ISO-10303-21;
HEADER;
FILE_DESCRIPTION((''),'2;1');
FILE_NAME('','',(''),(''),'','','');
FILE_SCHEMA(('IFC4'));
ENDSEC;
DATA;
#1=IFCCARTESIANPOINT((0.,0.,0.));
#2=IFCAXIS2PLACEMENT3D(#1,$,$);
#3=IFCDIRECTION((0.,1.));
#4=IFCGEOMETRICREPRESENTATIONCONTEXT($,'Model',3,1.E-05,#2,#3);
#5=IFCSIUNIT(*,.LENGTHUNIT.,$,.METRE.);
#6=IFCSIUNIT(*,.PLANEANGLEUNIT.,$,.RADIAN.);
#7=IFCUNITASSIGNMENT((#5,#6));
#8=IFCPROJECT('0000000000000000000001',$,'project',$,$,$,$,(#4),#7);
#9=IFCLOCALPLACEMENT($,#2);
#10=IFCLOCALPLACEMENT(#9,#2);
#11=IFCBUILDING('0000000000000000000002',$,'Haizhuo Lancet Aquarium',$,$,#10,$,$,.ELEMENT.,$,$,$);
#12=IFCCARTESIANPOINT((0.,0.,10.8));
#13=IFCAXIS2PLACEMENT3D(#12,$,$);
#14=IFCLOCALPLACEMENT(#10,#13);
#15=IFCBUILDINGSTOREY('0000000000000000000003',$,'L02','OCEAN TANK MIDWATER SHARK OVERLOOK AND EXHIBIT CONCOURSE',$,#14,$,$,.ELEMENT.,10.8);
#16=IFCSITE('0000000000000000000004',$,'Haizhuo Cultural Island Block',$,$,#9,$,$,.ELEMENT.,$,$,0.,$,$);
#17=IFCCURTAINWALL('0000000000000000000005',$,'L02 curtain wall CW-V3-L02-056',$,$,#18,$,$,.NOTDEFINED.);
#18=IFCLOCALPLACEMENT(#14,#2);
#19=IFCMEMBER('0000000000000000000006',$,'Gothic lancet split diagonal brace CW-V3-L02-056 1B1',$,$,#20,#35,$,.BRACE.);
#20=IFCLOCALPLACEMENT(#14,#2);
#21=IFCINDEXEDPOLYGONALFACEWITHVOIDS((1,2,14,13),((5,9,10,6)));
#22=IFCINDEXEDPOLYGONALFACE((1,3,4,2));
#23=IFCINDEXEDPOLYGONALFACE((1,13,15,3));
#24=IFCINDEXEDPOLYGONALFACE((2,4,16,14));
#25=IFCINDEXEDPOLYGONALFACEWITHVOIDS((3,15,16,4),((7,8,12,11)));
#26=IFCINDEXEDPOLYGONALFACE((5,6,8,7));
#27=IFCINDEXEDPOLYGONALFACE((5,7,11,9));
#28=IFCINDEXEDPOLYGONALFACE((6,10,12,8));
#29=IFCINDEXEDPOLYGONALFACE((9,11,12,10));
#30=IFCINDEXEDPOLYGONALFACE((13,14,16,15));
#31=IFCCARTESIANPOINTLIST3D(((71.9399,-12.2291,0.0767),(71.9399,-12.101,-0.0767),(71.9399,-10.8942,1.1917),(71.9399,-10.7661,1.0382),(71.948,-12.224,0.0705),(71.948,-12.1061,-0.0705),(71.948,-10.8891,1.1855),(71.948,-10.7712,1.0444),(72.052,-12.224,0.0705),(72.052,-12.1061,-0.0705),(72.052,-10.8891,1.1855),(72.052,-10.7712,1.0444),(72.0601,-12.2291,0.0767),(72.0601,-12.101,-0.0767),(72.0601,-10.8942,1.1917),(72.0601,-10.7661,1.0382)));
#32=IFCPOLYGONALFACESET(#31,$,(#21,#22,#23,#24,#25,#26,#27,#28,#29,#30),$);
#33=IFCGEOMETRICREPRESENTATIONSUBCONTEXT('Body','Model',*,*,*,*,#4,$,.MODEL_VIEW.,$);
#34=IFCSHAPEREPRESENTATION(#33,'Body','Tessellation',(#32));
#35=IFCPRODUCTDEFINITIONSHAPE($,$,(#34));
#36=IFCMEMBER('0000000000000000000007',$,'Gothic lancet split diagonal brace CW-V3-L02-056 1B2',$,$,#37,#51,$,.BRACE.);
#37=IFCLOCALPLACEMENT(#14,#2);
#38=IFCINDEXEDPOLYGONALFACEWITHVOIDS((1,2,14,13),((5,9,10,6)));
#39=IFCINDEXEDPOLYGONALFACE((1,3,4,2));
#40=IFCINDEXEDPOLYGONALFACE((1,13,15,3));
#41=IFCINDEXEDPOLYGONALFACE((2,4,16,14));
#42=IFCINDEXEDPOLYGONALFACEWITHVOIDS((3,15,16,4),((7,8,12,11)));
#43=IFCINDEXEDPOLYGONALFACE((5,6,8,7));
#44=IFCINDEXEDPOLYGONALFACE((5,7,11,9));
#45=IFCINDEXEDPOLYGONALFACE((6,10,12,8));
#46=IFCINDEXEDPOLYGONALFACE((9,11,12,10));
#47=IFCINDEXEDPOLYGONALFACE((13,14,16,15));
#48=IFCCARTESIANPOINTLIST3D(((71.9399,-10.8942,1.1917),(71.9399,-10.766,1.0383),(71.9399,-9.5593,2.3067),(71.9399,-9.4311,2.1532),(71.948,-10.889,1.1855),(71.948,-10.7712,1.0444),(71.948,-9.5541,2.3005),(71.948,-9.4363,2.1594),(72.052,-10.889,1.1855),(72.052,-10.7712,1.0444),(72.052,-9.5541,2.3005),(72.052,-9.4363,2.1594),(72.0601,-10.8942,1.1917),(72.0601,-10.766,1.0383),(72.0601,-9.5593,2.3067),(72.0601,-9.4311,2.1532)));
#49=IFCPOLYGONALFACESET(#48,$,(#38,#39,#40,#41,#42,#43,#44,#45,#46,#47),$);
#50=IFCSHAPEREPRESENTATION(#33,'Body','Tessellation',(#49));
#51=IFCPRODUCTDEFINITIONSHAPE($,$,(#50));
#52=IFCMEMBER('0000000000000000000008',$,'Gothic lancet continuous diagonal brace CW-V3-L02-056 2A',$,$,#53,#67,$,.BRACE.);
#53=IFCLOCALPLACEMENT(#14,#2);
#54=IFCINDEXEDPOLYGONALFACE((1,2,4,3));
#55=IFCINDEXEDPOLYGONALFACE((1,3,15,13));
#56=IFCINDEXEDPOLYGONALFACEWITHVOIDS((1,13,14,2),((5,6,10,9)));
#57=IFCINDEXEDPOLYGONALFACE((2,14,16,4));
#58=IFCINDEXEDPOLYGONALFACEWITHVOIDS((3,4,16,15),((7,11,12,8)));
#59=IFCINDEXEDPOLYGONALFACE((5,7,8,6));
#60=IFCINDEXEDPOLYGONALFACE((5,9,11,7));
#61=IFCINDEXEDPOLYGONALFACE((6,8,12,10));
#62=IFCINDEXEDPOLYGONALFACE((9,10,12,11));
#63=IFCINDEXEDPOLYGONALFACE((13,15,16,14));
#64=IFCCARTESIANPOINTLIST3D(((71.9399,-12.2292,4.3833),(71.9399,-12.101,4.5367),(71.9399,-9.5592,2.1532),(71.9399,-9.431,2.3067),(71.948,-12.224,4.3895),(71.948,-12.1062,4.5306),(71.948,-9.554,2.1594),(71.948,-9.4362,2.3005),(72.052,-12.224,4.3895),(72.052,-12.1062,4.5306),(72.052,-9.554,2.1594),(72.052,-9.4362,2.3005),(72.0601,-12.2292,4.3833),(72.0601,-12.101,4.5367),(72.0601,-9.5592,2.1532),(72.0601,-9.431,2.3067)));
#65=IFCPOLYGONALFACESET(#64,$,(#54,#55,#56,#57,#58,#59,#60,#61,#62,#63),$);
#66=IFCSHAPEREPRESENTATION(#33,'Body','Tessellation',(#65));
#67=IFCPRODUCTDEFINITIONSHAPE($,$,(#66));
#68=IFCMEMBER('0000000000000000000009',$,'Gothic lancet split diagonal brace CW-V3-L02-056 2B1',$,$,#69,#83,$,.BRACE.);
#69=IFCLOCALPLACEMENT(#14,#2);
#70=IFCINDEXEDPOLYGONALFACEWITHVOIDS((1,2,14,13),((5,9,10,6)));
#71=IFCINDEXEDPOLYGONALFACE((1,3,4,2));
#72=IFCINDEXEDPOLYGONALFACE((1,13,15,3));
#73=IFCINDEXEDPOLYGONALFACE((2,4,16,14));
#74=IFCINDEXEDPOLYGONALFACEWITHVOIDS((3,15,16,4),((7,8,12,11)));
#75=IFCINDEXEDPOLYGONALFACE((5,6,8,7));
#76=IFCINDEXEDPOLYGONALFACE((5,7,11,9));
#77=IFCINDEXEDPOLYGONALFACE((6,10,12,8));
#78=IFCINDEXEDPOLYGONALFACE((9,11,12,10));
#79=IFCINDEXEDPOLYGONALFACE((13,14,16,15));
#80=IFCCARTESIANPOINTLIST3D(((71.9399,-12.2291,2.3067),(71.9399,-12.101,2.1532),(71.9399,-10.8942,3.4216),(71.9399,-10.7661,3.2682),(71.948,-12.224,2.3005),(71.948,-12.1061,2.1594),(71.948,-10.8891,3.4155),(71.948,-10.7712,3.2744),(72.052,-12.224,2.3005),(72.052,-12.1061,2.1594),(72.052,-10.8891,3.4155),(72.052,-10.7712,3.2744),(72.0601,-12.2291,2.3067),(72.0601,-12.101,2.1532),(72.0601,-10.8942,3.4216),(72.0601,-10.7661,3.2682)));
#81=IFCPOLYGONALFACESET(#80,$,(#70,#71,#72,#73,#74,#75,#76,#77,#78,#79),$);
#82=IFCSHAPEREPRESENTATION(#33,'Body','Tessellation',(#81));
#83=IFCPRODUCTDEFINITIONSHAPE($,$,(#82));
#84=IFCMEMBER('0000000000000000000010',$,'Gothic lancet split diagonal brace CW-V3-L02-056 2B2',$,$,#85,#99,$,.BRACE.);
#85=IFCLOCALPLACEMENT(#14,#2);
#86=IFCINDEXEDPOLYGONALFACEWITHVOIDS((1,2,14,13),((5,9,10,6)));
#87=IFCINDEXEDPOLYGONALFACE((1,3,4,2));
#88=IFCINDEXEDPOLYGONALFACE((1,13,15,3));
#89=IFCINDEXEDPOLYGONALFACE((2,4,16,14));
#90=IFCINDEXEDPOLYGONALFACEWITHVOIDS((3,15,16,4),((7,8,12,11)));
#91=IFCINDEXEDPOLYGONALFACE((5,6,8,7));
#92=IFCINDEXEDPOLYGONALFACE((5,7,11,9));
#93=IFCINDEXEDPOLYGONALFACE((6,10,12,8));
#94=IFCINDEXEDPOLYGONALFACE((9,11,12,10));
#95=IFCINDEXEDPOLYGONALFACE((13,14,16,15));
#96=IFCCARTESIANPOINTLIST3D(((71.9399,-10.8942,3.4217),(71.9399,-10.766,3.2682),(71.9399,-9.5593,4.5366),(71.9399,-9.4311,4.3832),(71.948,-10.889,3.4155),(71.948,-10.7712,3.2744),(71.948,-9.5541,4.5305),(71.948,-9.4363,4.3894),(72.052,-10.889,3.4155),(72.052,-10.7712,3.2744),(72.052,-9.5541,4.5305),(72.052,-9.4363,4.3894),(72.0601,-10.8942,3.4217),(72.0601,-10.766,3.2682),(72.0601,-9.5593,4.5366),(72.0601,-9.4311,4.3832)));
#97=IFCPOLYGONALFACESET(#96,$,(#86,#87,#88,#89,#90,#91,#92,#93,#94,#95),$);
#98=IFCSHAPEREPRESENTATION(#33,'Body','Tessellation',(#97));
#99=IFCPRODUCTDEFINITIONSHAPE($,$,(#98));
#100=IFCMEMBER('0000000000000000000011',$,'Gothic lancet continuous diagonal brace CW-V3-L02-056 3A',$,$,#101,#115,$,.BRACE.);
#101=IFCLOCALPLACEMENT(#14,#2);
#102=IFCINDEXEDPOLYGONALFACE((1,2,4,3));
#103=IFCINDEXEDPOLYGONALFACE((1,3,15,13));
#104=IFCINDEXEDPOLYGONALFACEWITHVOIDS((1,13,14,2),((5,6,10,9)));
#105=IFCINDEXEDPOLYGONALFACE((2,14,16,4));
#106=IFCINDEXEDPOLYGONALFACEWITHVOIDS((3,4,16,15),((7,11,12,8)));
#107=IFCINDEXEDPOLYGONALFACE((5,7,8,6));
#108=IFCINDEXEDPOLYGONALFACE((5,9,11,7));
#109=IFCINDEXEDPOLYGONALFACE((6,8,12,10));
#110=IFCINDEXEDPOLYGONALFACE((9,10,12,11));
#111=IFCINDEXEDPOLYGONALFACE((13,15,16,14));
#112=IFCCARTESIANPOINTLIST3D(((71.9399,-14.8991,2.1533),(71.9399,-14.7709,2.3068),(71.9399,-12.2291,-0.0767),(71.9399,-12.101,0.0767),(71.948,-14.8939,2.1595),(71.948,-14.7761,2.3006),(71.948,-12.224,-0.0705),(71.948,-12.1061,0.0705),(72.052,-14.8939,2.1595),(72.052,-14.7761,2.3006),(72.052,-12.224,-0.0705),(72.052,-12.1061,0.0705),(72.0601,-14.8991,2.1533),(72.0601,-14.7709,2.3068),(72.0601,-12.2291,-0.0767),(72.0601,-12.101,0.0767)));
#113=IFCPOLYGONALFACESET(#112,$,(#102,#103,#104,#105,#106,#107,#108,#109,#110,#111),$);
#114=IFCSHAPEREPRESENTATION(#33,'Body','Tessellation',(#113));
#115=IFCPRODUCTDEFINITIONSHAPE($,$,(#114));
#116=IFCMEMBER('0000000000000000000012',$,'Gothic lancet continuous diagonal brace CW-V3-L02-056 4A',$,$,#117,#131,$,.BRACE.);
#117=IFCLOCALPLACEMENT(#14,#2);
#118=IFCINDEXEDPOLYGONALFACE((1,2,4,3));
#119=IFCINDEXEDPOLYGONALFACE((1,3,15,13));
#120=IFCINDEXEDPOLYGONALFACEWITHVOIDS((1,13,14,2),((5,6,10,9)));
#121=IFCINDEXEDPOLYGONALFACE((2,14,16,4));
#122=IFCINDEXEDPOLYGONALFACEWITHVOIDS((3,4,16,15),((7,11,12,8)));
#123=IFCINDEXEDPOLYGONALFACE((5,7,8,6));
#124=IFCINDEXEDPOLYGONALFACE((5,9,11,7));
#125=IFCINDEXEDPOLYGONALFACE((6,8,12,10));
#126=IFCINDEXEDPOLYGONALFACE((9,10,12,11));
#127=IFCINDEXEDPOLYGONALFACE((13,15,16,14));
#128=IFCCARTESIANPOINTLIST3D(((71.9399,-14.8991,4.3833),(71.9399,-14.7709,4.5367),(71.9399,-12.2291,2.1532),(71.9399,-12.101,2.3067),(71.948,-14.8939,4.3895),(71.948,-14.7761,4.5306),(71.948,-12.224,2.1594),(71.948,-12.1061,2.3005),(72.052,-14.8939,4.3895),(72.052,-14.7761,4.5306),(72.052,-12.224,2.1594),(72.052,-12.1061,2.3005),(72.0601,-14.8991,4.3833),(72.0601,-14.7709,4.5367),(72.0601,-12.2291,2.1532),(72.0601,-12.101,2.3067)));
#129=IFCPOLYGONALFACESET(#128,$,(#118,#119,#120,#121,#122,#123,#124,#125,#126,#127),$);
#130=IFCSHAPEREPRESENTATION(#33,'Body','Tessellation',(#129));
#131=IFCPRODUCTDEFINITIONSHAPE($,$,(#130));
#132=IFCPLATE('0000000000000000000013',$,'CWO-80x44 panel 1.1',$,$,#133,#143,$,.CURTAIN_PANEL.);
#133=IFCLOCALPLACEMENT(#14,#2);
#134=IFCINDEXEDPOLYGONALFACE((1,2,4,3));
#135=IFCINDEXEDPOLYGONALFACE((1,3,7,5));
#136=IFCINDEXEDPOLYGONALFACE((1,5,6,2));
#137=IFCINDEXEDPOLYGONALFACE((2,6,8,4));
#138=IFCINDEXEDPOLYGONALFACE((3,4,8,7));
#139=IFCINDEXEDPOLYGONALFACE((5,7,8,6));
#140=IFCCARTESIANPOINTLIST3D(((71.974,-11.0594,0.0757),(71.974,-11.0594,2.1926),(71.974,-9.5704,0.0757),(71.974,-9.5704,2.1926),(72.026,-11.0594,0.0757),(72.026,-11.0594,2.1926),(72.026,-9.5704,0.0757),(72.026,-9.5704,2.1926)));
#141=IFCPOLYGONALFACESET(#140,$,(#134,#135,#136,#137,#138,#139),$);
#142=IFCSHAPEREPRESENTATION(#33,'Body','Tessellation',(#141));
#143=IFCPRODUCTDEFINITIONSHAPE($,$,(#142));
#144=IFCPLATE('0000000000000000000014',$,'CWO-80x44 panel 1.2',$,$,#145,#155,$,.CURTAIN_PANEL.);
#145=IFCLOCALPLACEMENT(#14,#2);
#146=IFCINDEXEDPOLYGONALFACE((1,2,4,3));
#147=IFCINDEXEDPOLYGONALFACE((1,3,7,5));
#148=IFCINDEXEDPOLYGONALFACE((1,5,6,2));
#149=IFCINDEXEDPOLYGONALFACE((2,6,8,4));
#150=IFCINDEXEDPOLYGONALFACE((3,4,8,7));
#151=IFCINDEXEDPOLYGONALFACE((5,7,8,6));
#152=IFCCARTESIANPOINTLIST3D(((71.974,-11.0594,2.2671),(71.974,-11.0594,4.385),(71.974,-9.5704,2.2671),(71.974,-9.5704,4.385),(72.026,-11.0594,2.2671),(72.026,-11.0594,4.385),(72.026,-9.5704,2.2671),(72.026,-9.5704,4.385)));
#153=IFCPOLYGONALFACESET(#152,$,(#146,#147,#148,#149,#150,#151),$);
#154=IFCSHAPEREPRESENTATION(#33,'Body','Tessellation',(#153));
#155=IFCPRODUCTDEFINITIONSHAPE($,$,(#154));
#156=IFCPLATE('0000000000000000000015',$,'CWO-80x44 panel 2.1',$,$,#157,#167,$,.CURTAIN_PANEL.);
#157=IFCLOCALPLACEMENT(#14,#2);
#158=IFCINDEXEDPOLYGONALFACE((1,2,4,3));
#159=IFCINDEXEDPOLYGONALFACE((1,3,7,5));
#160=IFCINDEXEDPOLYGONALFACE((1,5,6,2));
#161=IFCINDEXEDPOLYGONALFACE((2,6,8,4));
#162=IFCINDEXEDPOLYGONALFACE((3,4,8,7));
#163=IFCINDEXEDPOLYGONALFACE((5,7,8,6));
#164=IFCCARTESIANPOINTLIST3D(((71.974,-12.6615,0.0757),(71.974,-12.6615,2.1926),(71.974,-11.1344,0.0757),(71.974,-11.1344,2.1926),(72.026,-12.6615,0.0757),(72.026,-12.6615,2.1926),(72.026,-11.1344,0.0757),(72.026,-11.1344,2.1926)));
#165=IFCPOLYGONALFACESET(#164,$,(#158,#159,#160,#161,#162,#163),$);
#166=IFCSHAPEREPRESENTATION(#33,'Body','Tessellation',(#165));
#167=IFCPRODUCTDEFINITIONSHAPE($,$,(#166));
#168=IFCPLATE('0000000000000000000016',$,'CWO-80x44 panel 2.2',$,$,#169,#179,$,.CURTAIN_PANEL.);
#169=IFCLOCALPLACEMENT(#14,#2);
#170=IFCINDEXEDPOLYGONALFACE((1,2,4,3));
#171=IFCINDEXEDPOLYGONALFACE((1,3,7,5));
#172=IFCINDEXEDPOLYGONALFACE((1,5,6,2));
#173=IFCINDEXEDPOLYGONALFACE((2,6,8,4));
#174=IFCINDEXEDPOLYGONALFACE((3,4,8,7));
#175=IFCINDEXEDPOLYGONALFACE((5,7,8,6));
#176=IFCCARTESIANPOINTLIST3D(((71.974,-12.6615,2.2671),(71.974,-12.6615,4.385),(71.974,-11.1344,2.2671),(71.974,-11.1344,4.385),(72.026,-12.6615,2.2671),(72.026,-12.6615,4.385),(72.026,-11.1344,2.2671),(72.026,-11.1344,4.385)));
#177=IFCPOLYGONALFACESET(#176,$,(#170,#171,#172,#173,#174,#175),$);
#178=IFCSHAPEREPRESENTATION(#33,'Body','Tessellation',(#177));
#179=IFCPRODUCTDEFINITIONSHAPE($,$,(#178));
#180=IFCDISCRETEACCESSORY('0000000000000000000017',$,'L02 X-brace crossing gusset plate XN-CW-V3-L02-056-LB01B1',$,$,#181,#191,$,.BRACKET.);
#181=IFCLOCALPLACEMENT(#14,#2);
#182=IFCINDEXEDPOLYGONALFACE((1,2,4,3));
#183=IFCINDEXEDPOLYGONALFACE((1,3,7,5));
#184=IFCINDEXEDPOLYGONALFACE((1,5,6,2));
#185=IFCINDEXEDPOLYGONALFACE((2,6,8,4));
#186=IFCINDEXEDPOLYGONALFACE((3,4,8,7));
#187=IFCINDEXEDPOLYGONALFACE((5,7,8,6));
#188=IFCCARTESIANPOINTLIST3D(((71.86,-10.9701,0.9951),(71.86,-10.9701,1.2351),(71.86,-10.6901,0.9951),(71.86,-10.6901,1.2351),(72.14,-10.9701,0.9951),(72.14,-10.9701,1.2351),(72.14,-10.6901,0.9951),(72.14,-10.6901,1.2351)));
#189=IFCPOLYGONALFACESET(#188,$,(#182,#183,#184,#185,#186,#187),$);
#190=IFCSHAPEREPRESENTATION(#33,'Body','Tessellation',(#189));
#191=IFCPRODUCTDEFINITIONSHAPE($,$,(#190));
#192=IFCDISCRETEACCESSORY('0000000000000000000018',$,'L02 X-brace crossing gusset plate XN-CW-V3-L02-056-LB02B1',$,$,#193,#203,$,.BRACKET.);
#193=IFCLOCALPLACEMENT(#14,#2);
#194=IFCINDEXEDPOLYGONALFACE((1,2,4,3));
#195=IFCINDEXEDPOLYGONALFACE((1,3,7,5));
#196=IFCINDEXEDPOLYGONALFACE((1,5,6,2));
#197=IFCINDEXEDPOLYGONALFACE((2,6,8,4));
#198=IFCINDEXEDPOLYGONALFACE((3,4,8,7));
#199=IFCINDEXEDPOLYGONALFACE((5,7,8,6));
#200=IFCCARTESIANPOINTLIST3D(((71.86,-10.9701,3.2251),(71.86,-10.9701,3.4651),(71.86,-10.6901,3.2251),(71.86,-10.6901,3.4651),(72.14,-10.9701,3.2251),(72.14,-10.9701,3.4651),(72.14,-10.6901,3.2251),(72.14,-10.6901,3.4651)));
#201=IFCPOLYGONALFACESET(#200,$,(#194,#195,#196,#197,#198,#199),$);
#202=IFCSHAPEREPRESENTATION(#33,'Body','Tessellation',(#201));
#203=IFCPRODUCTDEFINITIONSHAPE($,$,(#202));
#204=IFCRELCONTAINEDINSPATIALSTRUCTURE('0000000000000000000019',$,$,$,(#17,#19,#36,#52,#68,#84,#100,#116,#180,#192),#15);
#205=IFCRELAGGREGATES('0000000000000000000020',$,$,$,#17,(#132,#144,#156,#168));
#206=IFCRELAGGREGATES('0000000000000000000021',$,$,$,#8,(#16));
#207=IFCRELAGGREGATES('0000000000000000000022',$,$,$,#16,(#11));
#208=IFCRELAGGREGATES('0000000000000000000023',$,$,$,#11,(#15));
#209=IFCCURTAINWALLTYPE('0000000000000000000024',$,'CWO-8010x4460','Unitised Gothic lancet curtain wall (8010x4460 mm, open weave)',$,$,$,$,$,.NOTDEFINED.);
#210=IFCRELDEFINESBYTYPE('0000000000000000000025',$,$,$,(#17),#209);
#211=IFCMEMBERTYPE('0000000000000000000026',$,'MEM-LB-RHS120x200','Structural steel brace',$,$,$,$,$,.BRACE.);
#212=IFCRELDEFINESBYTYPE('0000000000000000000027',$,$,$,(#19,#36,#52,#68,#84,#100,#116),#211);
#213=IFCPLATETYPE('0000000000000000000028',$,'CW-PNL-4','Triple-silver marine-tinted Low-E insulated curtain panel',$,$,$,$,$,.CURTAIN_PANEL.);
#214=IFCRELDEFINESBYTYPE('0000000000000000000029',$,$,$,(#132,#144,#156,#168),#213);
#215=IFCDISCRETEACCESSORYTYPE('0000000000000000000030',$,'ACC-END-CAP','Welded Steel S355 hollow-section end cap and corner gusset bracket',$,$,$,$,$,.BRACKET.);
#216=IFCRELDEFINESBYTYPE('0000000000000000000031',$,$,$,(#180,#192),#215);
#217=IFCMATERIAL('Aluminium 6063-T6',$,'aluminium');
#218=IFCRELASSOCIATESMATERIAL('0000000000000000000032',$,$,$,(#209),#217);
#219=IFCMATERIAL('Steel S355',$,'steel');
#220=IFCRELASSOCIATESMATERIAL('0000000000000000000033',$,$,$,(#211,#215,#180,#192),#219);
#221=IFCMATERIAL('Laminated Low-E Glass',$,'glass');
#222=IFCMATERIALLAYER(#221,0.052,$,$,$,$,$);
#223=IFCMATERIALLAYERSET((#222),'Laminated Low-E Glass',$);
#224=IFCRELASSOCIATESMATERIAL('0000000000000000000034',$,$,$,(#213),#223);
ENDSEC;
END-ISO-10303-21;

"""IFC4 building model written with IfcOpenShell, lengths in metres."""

from ifc_helpers import new_model, si_unit, direction, frame, origin, origin_2d, place, context, subcontext, project, spatial, rectangle, hollow_rectangle, extrude, material, layer, layer_set, material_profile, profile_set, type_object, element, aggregate, save


model = new_model("IFC4")

# Units and contexts
model_context = context("Model", 3, precision=1e-05, world=origin(), true_north=direction((0.0, 1.0)))
body_context = subcontext(model_context, "Body", "Model", "MODEL_VIEW")
ifc_project = project(units=[si_unit("LENGTHUNIT", "METRE"), si_unit("PLANEANGLEUNIT", "RADIAN")], contexts=[model_context])

# Site, building, storey
site_placement = place(None, origin())
site = spatial("IfcSite", under=ifc_project, at=site_placement, Name="Haizhuo Cultural Island Block", CompositionType="ELEMENT", RefElevation=0.0)
building_placement = place(site_placement, origin())
building = spatial("IfcBuilding", under=site, at=building_placement, Name="Haizhuo Lancet Aquarium", CompositionType="ELEMENT")
storey_placement = place(building_placement, frame((0.0, 0.0, 10.8)))
storey = spatial("IfcBuildingStorey", under=building, at=storey_placement, Name="L02", Description="OCEAN TANK MIDWATER SHARK OVERLOOK AND EXHIBIT CONCOURSE", CompositionType="ELEMENT", Elevation=10.8)

# Curtain wall
ifc_material_1 = material(Name="Aluminium 6063-T6", Category="aluminium")
curtain_wall_type = type_object("IfcCurtainWallType", Name="CWO-8010x4460", Description="Unitised Gothic lancet curtain wall (8010x4460 mm, open weave)", PredefinedType="NOTDEFINED", material=ifc_material_1)
curtain_wall_placement = place(storey_placement, origin())
curtain_wall = element("IfcCurtainWall", 1, at=curtain_wall_placement, inside=storey, type_object=curtain_wall_type, Name="L02 curtain wall CW-V3-L02-056", PredefinedType="NOTDEFINED")

# Members
ifc_material_2 = material(Name="Steel S355", Category="steel")
ifc_material_profile_1 = material_profile(ifc_material_2, hollow_rectangle(XDim=0.1201, YDim=0.2, WallThickness=0.0081, at=origin_2d()), Name="RHS 120x200x8")
ifc_profile_set_1 = profile_set([ifc_material_profile_1], Name="Steel S355")
member_type_1 = type_object("IfcMemberType", Name="MEM-LB-RHS120x200", Description="Structural steel brace", PredefinedType="BRACE", material=ifc_profile_set_1)
for number, where, z_axis, x_axis, name in (
    (2, (72.0, -12.165, 0.0), (0.0, 0.767507, 0.64104), (-1.0, 0.0, 0.0), "Gothic lancet split diagonal brace CW-V3-L02-056 1B1"),
    (3, (72.0, -10.8301, 1.115), (0.0, 0.767507, 0.64104), (-1.0, 0.0, 0.0), "Gothic lancet split diagonal brace CW-V3-L02-056 1B2"),
):
    element("IfcMember", number, at=place(storey_placement, frame(where, z_axis=z_axis, x_axis=x_axis)), inside=storey, type_object=member_type_1, Name=name, PredefinedType="BRACE", context=body_context, shape_type="SweptSolid", body=[
        extrude(hollow_rectangle(XDim=0.1201, YDim=0.2, WallThickness=0.0081, at=origin_2d()), origin(), (0.0, 0.0, 1.0), 1.7393),
    ])
member_1_placement = place(storey_placement, frame((72.0, -9.4951, 2.23), z_axis=(0.0, -0.767507, 0.64104), x_axis=(1.0, 0.0, 0.0)))
element("IfcMember", 4, at=member_1_placement, inside=storey, type_object=member_type_1, Name="Gothic lancet continuous diagonal brace CW-V3-L02-056 2A", PredefinedType="BRACE", context=body_context, shape_type="SweptSolid", body=[
    extrude(hollow_rectangle(XDim=0.1201, YDim=0.2, WallThickness=0.0081, at=origin_2d()), origin(), (0.0, 0.0, 1.0), 3.4788),
])
for number, where, z_axis, x_axis, name in (
    (5, (72.0, -12.165, 2.23), (0.0, 0.767507, 0.64104), (-1.0, 0.0, 0.0), "Gothic lancet split diagonal brace CW-V3-L02-056 2B1"),
    (6, (72.0, -10.8301, 3.345), (0.0, 0.767507, 0.64104), (-1.0, 0.0, 0.0), "Gothic lancet split diagonal brace CW-V3-L02-056 2B2"),
):
    element("IfcMember", number, at=place(storey_placement, frame(where, z_axis=z_axis, x_axis=x_axis)), inside=storey, type_object=member_type_1, Name=name, PredefinedType="BRACE", context=body_context, shape_type="SweptSolid", body=[
        extrude(hollow_rectangle(XDim=0.1201, YDim=0.2, WallThickness=0.0081, at=origin_2d()), origin(), (0.0, 0.0, 1.0), 1.7393),
    ])
for number, where, z_axis, x_axis, name in (
    (7, (72.0, -12.165, 0.0), (0.0, -0.767507, 0.64104), (1.0, 0.0, 0.0), "Gothic lancet continuous diagonal brace CW-V3-L02-056 3A"),
    (8, (72.0, -12.165, 2.23), (0.0, -0.767507, 0.64104), (1.0, 0.0, 0.0), "Gothic lancet continuous diagonal brace CW-V3-L02-056 4A"),
):
    element("IfcMember", number, at=place(storey_placement, frame(where, z_axis=z_axis, x_axis=x_axis)), inside=storey, type_object=member_type_1, Name=name, PredefinedType="BRACE", context=body_context, shape_type="SweptSolid", body=[
        extrude(hollow_rectangle(XDim=0.1201, YDim=0.2, WallThickness=0.0081, at=origin_2d()), origin(), (0.0, 0.0, 1.0), 3.4788),
    ])

# Plates
ifc_material_3 = material(Name="Laminated Low-E Glass", Category="glass")
ifc_layer = layer(ifc_material_3, 0.052)
ifc_layer_set = layer_set([ifc_layer], Name="Laminated Low-E Glass")
plate_type = type_object("IfcPlateType", Name="CW-PNL-4", Description="Triple-silver marine-tinted Low-E insulated curtain panel", PredefinedType="CURTAIN_PANEL", material=ifc_layer_set)
plate_1_placement = place(storey_placement, frame((72.0, -10.3149, 0.0757), z_axis=(0.0, 0.0, 1.0), x_axis=(0.0, -1.0, 0.0)))
plate_1 = element("IfcPlate", 9, at=plate_1_placement, type_object=plate_type, Name="CWO-80x44 panel 1.1", PredefinedType="CURTAIN_PANEL", context=body_context, shape_type="SweptSolid", body=[
    extrude(rectangle(XDim=1.489, YDim=0.052, at=origin_2d()), origin(), (0.0, 0.0, 1.0), 2.1169),
])
plate_2_placement = place(storey_placement, frame((72.0, -10.3149, 2.2671), z_axis=(0.0, 0.0, 1.0), x_axis=(0.0, -1.0, 0.0)))
plate_2 = element("IfcPlate", 10, at=plate_2_placement, type_object=plate_type, Name="CWO-80x44 panel 1.2", PredefinedType="CURTAIN_PANEL", context=body_context, shape_type="SweptSolid", body=[
    extrude(rectangle(XDim=1.489, YDim=0.052, at=origin_2d()), origin(), (0.0, 0.0, 1.0), 2.1179),
])
plate_3_placement = place(storey_placement, frame((72.0, -11.8979, 0.0757), z_axis=(0.0, 0.0, 1.0), x_axis=(0.0, -1.0, 0.0)))
plate_3 = element("IfcPlate", 11, at=plate_3_placement, type_object=plate_type, Name="CWO-80x44 panel 2.1", PredefinedType="CURTAIN_PANEL", context=body_context, shape_type="SweptSolid", body=[
    extrude(rectangle(XDim=1.5271, YDim=0.052, at=origin_2d()), origin(), (0.0, 0.0, 1.0), 2.1169),
])
plate_4_placement = place(storey_placement, frame((72.0, -11.8979, 2.2671), z_axis=(0.0, 0.0, 1.0), x_axis=(0.0, -1.0, 0.0)))
plate_4 = element("IfcPlate", 12, at=plate_4_placement, type_object=plate_type, Name="CWO-80x44 panel 2.2", PredefinedType="CURTAIN_PANEL", context=body_context, shape_type="SweptSolid", body=[
    extrude(rectangle(XDim=1.5271, YDim=0.052, at=origin_2d()), origin(), (0.0, 0.0, 1.0), 2.1179),
])
aggregate(curtain_wall, [plate_1, plate_2, plate_3, plate_4])

# Discrete accessories
discrete_accessory_type = type_object("IfcDiscreteAccessoryType", Name="ACC-END-CAP", Description="Welded Steel S355 hollow-section end cap and corner gusset bracket", PredefinedType="BRACKET", material=ifc_material_2)
for number, where, z_axis, x_axis, name in (
    (13, (72.0, -10.8301, 0.9951), (0.0, 0.0, 1.0), (1.0, 0.0, 0.0), "L02 X-brace crossing gusset plate XN-CW-V3-L02-056-LB01B1"),
    (14, (72.0, -10.8301, 3.2251), (0.0, 0.0, 1.0), (1.0, 0.0, 0.0), "L02 X-brace crossing gusset plate XN-CW-V3-L02-056-LB02B1"),
):
    element("IfcDiscreteAccessory", number, at=place(storey_placement, frame(where, z_axis=z_axis, x_axis=x_axis)), inside=storey, type_object=discrete_accessory_type, material=ifc_material_2, Name=name, PredefinedType="BRACKET", context=body_context, shape_type="SweptSolid", body=[
        extrude(rectangle(XDim=0.28, YDim=0.28, at=origin_2d()), origin(), (0.0, 0.0, 1.0), 0.24),
    ])

save(model, "model.ifc")
